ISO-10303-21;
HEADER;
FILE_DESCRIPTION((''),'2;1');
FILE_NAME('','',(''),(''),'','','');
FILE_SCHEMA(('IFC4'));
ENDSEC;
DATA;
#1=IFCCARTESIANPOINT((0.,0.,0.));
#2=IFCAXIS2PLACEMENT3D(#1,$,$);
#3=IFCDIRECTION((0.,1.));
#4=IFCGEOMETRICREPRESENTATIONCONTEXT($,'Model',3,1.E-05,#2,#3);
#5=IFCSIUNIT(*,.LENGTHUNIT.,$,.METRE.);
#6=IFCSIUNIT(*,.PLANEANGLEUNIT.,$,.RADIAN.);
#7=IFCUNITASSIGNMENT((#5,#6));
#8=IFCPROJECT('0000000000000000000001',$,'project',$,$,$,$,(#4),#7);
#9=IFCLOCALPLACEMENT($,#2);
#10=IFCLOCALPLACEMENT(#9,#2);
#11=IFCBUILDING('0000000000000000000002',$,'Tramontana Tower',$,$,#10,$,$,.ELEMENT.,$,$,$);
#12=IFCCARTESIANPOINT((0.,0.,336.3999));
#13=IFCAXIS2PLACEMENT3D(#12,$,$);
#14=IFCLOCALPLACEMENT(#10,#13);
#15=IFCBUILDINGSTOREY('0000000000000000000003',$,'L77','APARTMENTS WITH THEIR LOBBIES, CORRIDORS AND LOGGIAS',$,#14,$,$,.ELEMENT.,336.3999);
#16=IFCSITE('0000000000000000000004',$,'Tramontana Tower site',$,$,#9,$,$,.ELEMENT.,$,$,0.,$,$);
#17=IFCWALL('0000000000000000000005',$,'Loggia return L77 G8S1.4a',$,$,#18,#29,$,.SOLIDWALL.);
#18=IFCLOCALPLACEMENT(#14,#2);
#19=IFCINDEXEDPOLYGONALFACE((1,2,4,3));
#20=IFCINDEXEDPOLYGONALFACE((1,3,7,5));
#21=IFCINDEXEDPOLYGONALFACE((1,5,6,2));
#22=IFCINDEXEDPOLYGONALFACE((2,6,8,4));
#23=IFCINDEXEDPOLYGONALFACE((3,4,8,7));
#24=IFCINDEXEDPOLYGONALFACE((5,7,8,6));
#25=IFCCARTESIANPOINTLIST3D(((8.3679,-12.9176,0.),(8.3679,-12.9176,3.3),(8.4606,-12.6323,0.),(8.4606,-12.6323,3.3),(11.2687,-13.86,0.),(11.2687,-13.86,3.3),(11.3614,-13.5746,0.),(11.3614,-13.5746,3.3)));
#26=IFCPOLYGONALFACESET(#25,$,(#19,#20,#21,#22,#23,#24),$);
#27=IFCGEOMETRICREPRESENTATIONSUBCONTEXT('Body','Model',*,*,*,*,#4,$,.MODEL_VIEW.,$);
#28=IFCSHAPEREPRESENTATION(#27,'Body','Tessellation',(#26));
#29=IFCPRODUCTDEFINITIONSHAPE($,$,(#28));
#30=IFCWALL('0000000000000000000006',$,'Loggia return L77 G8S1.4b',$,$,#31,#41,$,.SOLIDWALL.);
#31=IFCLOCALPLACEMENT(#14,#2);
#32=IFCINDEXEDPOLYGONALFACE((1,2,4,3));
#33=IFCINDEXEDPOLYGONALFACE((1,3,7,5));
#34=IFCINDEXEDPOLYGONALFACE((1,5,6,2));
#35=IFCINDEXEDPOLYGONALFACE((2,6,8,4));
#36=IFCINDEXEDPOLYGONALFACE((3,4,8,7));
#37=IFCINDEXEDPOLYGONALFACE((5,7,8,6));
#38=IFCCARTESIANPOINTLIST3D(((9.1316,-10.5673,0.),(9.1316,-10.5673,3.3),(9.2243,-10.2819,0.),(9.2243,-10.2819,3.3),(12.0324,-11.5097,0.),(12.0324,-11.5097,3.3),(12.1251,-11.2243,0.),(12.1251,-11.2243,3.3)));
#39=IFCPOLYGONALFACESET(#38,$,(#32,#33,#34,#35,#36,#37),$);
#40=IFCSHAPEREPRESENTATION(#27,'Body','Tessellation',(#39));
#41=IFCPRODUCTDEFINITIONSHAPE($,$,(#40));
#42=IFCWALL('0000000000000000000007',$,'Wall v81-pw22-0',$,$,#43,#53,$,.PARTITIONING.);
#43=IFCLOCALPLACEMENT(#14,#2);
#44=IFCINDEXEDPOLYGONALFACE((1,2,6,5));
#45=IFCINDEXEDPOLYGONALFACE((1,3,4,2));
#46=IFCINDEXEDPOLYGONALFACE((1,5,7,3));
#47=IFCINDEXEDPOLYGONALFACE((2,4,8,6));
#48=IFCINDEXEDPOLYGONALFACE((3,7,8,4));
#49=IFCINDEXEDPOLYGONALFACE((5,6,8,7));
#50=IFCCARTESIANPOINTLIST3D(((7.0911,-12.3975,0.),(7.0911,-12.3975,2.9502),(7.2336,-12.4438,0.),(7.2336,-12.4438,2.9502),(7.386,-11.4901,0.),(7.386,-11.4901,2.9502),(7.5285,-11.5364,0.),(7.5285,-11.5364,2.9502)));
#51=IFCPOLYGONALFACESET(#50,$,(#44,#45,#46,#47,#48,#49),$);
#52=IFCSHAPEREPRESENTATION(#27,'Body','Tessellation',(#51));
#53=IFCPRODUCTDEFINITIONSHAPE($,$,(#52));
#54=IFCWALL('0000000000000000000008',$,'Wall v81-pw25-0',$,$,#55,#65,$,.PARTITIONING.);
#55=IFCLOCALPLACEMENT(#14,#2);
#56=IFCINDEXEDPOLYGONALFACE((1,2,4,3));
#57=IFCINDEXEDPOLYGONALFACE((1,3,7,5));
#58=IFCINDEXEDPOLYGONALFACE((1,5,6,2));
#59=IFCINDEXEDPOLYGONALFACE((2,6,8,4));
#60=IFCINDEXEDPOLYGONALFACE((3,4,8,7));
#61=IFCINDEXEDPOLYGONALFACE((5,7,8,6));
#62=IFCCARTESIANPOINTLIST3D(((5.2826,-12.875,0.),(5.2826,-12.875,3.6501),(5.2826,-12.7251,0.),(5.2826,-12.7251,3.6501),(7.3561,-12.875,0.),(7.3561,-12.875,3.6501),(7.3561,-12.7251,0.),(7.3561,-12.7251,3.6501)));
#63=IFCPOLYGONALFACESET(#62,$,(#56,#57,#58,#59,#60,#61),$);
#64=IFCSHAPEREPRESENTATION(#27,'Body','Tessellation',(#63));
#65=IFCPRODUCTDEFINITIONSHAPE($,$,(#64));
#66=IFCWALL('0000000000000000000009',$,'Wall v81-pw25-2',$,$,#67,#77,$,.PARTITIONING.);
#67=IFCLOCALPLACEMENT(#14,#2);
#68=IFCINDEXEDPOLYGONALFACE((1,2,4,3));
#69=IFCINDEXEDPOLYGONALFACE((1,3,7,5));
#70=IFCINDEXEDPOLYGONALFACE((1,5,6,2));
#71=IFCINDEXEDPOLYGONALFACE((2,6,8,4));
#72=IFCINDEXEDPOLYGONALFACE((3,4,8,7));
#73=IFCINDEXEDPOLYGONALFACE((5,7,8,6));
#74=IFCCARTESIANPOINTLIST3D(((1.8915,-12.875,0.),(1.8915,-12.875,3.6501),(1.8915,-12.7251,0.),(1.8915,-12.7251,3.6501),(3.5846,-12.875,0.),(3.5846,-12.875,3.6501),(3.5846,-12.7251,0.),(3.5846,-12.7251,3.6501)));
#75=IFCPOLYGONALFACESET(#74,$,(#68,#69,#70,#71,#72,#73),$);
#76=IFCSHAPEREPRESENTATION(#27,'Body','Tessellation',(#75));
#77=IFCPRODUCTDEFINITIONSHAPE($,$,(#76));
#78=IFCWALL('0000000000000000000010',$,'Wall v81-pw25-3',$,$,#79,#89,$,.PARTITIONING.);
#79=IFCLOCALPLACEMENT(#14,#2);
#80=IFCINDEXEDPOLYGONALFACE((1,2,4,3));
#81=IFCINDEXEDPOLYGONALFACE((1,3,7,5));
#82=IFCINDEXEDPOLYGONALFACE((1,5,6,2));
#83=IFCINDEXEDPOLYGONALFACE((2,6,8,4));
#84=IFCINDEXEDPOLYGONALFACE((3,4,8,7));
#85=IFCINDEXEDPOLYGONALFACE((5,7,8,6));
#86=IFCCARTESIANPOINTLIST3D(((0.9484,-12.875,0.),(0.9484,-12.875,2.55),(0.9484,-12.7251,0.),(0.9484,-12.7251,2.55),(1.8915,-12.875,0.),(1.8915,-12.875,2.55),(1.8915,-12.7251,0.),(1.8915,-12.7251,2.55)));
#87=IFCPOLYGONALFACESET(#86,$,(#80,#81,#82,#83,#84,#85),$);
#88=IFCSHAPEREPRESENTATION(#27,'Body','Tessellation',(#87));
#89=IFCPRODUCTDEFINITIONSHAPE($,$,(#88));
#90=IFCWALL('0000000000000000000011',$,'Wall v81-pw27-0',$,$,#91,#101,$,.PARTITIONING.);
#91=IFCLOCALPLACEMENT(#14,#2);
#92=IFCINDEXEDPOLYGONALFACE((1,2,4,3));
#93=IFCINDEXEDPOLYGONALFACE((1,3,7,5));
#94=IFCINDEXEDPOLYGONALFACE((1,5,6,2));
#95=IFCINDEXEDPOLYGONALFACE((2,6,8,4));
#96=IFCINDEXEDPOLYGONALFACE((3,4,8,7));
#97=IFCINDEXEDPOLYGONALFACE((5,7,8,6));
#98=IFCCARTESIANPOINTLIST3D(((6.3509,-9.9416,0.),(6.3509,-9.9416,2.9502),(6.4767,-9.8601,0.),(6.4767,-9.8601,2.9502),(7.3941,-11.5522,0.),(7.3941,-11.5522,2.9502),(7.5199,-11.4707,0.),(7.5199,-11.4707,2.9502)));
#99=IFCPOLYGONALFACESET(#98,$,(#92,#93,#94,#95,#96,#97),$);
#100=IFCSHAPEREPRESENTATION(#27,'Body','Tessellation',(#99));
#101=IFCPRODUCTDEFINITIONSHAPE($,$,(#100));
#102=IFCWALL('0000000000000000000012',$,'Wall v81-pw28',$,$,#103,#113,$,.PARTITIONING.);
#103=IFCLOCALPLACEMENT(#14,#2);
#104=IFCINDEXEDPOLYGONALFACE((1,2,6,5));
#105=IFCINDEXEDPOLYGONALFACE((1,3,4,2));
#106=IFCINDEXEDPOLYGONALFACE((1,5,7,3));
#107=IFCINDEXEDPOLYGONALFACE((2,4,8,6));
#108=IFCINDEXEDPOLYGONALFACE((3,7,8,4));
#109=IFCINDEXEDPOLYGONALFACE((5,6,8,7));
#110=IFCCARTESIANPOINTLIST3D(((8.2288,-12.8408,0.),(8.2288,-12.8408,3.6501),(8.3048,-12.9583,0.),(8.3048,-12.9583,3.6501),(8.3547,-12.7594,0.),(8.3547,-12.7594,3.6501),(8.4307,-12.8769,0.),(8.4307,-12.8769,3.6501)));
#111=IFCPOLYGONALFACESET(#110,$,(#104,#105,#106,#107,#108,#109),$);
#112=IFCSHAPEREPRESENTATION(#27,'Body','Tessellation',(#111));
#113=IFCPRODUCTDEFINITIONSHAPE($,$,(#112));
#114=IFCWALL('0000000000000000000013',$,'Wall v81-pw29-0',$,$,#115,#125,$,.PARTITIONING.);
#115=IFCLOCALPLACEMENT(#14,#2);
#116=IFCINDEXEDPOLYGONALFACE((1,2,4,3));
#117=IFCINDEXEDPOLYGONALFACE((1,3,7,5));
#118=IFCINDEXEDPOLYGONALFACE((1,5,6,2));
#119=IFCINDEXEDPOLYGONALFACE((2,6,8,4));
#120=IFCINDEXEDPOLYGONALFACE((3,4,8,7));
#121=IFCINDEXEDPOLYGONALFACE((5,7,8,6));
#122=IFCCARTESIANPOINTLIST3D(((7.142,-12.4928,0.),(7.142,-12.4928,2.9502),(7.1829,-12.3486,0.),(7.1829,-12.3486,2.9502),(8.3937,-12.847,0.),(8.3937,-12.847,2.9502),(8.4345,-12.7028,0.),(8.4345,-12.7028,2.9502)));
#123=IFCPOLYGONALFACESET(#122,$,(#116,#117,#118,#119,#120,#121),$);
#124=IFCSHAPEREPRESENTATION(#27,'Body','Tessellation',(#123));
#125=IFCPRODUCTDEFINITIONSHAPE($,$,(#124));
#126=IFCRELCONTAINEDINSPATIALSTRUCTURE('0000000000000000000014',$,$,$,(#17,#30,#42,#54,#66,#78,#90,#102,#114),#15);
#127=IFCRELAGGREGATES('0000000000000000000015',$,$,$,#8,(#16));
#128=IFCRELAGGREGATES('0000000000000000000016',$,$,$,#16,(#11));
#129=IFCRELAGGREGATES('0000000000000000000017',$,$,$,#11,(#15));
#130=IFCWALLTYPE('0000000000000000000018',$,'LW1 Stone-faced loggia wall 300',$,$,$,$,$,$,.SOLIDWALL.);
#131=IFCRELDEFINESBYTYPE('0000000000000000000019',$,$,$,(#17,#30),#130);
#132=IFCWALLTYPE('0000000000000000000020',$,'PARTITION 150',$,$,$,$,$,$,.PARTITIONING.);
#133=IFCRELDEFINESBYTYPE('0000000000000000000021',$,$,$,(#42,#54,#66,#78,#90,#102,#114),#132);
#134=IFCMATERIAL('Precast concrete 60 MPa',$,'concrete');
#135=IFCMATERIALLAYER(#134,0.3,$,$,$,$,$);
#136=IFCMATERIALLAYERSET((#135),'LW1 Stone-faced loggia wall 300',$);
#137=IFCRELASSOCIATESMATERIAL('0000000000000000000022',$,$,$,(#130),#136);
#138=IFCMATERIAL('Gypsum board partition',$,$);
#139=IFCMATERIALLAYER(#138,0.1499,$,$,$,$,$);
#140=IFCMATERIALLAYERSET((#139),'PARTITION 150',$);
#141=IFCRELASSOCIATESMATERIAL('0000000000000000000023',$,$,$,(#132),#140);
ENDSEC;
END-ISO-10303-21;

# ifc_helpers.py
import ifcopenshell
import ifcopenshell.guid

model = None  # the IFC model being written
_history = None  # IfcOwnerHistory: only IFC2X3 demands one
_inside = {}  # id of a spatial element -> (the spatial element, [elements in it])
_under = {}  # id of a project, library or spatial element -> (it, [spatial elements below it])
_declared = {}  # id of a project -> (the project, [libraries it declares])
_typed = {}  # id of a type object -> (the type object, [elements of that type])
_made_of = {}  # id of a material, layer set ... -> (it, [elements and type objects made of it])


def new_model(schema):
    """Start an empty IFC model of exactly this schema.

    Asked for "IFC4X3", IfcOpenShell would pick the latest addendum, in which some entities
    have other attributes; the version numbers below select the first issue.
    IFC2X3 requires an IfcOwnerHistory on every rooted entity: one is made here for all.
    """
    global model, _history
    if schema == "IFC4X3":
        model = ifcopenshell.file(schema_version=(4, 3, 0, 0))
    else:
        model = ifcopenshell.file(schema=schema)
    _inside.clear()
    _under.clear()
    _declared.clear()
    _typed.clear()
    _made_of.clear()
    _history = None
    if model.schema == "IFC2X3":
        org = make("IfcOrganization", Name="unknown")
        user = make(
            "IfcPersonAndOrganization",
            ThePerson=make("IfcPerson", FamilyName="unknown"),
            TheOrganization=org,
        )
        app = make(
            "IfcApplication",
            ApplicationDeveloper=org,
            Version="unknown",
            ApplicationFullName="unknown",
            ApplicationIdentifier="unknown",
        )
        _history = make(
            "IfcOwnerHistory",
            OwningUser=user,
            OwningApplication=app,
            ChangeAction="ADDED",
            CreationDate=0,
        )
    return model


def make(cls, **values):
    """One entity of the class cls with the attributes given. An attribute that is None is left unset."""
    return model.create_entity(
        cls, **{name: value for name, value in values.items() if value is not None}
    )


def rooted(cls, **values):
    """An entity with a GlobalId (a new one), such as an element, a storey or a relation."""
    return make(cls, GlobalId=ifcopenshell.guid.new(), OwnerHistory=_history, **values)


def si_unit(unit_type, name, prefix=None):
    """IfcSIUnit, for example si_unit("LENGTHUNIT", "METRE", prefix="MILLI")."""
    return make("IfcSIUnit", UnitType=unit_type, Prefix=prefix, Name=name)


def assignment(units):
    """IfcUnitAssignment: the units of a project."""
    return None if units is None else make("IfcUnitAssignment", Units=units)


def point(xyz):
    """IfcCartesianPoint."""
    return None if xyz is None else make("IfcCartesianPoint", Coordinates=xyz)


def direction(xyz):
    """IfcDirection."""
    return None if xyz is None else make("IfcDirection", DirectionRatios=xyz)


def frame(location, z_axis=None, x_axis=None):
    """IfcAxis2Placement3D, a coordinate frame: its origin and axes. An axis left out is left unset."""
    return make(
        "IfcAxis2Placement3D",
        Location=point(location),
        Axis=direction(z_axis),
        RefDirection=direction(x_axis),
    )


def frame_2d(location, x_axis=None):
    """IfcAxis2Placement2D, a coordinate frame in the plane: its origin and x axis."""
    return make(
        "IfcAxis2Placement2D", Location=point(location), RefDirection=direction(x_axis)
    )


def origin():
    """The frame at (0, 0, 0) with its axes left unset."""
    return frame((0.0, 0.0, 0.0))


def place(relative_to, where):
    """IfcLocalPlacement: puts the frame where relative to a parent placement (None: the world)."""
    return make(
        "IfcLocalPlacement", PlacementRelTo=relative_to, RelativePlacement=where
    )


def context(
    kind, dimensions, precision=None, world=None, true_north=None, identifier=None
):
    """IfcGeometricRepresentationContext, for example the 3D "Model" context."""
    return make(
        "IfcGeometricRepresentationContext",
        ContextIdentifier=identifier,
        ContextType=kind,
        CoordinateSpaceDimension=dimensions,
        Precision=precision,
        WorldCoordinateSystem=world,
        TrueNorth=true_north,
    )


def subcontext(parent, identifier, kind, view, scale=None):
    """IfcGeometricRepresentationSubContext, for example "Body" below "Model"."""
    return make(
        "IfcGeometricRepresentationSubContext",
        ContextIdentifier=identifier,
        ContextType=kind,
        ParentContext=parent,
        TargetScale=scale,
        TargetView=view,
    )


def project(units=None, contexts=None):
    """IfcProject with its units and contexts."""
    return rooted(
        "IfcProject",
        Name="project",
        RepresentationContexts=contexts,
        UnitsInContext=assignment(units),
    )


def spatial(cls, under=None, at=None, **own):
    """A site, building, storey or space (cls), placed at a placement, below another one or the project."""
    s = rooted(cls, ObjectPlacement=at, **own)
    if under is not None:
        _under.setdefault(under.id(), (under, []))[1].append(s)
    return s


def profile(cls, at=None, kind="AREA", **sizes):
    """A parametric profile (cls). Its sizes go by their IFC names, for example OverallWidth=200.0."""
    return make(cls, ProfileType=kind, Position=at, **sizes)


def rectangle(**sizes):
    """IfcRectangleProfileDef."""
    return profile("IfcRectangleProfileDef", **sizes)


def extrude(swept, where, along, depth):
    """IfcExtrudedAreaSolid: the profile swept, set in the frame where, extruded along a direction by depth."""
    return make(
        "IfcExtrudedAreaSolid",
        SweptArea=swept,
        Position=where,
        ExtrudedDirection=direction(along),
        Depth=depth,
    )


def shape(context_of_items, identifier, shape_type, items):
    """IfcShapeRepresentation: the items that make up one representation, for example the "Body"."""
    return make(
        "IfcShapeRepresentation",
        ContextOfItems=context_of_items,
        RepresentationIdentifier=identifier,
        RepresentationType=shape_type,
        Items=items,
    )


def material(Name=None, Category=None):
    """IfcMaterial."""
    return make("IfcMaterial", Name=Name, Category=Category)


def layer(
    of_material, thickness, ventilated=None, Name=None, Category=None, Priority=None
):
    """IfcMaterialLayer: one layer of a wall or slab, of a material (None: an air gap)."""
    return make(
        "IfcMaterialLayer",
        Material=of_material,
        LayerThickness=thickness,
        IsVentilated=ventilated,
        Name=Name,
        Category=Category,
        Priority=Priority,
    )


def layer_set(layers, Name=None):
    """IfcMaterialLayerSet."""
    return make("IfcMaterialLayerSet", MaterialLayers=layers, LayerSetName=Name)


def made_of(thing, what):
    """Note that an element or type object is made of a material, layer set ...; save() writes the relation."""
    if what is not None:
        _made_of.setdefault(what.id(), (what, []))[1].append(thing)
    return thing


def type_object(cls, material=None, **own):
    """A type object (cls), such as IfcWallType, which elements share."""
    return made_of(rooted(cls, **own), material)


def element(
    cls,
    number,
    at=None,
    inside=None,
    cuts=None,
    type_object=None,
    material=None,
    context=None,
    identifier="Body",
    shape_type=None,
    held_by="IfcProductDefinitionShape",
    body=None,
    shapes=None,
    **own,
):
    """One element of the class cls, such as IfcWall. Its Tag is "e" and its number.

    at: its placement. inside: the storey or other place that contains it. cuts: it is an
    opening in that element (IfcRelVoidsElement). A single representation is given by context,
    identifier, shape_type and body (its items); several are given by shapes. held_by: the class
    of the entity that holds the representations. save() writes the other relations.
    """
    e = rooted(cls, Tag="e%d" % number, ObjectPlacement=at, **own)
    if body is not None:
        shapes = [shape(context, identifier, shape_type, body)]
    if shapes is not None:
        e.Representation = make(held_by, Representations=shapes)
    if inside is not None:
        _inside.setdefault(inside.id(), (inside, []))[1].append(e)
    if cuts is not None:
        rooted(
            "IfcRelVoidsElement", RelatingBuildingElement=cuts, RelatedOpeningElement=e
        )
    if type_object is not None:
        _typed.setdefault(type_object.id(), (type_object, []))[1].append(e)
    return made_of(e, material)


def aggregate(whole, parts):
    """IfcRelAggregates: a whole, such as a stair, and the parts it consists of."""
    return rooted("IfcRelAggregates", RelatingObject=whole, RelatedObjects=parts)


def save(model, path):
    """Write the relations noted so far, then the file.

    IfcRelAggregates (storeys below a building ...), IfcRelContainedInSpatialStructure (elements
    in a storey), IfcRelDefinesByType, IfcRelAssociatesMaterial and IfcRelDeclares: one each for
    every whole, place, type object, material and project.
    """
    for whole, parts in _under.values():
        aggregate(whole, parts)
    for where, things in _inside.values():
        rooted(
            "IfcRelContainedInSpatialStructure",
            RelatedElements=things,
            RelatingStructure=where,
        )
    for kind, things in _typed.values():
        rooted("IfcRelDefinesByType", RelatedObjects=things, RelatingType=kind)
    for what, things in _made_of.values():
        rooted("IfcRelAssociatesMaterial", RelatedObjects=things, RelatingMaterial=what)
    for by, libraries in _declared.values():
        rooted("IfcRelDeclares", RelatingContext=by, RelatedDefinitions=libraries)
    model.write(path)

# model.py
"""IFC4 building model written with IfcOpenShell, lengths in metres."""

from ifc_helpers import new_model, si_unit, direction, frame, frame_2d, origin, place, context, subcontext, project, spatial, rectangle, extrude, material, layer, layer_set, type_object, element, save


model = new_model("IFC4")

# Units and contexts
model_context = context("Model", 3, precision=1e-05, world=origin(), true_north=direction((0.0, 1.0)))
body_context = subcontext(model_context, "Body", "Model", "MODEL_VIEW")
ifc_project = project(units=[si_unit("LENGTHUNIT", "METRE"), si_unit("PLANEANGLEUNIT", "RADIAN")], contexts=[model_context])

# Site, building, storey
site_placement = place(None, origin())
site = spatial("IfcSite", under=ifc_project, at=site_placement, Name="Tramontana Tower site", CompositionType="ELEMENT", RefElevation=0.0)
building_placement = place(site_placement, origin())
building = spatial("IfcBuilding", under=site, at=building_placement, Name="Tramontana Tower", CompositionType="ELEMENT")
storey_placement = place(building_placement, frame((0.0, 0.0, 336.3999)))
storey = spatial("IfcBuildingStorey", under=building, at=storey_placement, Name="L77", Description="APARTMENTS WITH THEIR LOBBIES, CORRIDORS AND LOGGIAS", CompositionType="ELEMENT", Elevation=336.3999)

# Shared definitions
ifc_material_1 = material(Name="Precast concrete 60 MPa", Category="concrete")
ifc_layer_1 = layer(ifc_material_1, 0.3)
ifc_layer_set_1 = layer_set([ifc_layer_1], Name="LW1 Stone-faced loggia wall 300")
wall_type_1 = type_object("IfcWallType", Name="LW1 Stone-faced loggia wall 300", PredefinedType="SOLIDWALL", material=ifc_layer_set_1)

# Walls
for number, where, z_axis, x_axis, name in (
    (1, (11.3149, -13.7173, 0.0), (0.0, 0.0, 1.0), (-0.951073, 0.308967, 0.0), "Loggia return L77 G8S1.4a"),
    (2, (12.0786, -11.3669, 0.0), (0.0, 0.0, 1.0), (-0.951073, 0.308967, 0.0), "Loggia return L77 G8S1.4b"),
):
    element("IfcWall", number, at=place(storey_placement, frame(where, z_axis=z_axis, x_axis=x_axis)), inside=storey, type_object=wall_type_1, Name=name, PredefinedType="SOLIDWALL", context=body_context, shape_type="SweptSolid", body=[
        extrude(rectangle(XDim=3.05, YDim=0.3, at=frame_2d((1.5249, 0.0))), origin(), (0.0, 0.0, 1.0), 3.3),
    ])

# Shared definitions
ifc_material_2 = material(Name="Gypsum board partition")
ifc_layer_2 = layer(ifc_material_2, 0.1499)
ifc_layer_set_2 = layer_set([ifc_layer_2], Name="PARTITION 150")
wall_type_2 = type_object("IfcWallType", Name="PARTITION 150", PredefinedType="PARTITIONING", material=ifc_layer_set_2)

# Walls
wall_1_placement = place(storey_placement, frame((7.1624, -12.4207, 0.0), z_axis=(0.0, 0.0, 1.0), x_axis=(0.30908, 0.951036, 0.0)))
element("IfcWall", 3, at=wall_1_placement, inside=storey, type_object=wall_type_2, Name="Wall v81-pw22-0", PredefinedType="PARTITIONING", context=body_context, shape_type="SweptSolid", body=[
    extrude(rectangle(XDim=0.9541, YDim=0.1499, at=frame_2d((0.4771, 0.0))), origin(), (0.0, 0.0, 1.0), 2.9502),
])
wall_2_placement = place(storey_placement, frame((7.356, -12.8, 0.0), z_axis=(0.0, 0.0, 1.0), x_axis=(-1.0, 0.0, 0.0)))
element("IfcWall", 4, at=wall_2_placement, inside=storey, type_object=wall_type_2, Name="Wall v81-pw25-0", PredefinedType="PARTITIONING", context=body_context, shape_type="SweptSolid", body=[
    extrude(rectangle(XDim=2.0735, YDim=0.1499, at=frame_2d((1.0366, 0.0))), origin(), (0.0, 0.0, 1.0), 3.6501),
])

# Walls
wall_3_placement = place(storey_placement, frame((3.5847, -12.8, 0.0), z_axis=(0.0, 0.0, 1.0), x_axis=(-1.0, 0.0, 0.0)))
element("IfcWall", 5, at=wall_3_placement, inside=storey, type_object=wall_type_2, Name="Wall v81-pw25-2", PredefinedType="PARTITIONING", context=body_context, shape_type="SweptSolid", body=[
    extrude(rectangle(XDim=1.6931, YDim=0.1499, at=frame_2d((0.8467, 0.0))), origin(), (0.0, 0.0, 1.0), 3.6501),
])
wall_4_placement = place(storey_placement, frame((1.8916, -12.8, 0.0), z_axis=(0.0, 0.0, 1.0), x_axis=(-1.0, 0.0, 0.0)))
element("IfcWall", 6, at=wall_4_placement, inside=storey, type_object=wall_type_2, Name="Wall v81-pw25-3", PredefinedType="PARTITIONING", context=body_context, shape_type="SweptSolid", body=[
    extrude(rectangle(XDim=0.9431, YDim=0.1499, at=frame_2d((0.4717, 0.0))), origin(), (0.0, 0.0, 1.0), 2.55),
])
wall_5_placement = place(storey_placement, frame((7.457, -11.5115, 0.0), z_axis=(0.0, 0.0, 1.0), x_axis=(-0.543642, 0.839317, 0.0)))
element("IfcWall", 7, at=wall_5_placement, inside=storey, type_object=wall_type_2, Name="Wall v81-pw27-0", PredefinedType="PARTITIONING", context=body_context, shape_type="SweptSolid", body=[
    extrude(rectangle(XDim=1.9189, YDim=0.1499, at=frame_2d((0.9595, 0.0))), origin(), (0.0, 0.0, 1.0), 2.9502),
])
wall_6_placement = place(storey_placement, frame((8.3677, -12.9175, 0.0), z_axis=(0.0, 0.0, 1.0), x_axis=(-0.542962, 0.839757, 0.0)))
element("IfcWall", 8, at=wall_6_placement, inside=storey, type_object=wall_type_2, Name="Wall v81-pw28", PredefinedType="PARTITIONING", context=body_context, shape_type="SweptSolid", body=[
    extrude(rectangle(XDim=0.1399, YDim=0.1499, at=frame_2d((0.0698, 0.0))), origin(), (0.0, 0.0, 1.0), 3.6501),
])
wall_7_placement = place(storey_placement, frame((8.4141, -12.7749, 0.0), z_axis=(0.0, 0.0, 1.0), x_axis=(-0.962208, 0.272316, 0.0)))
element("IfcWall", 9, at=wall_7_placement, inside=storey, type_object=wall_type_2, Name="Wall v81-pw29-0", PredefinedType="PARTITIONING", context=body_context, shape_type="SweptSolid", body=[
    extrude(rectangle(XDim=1.3008, YDim=0.1499, at=frame_2d((0.6504, 0.0))), origin(), (0.0, 0.0, 1.0), 2.9502),
])

save(model, "model.ifc")
